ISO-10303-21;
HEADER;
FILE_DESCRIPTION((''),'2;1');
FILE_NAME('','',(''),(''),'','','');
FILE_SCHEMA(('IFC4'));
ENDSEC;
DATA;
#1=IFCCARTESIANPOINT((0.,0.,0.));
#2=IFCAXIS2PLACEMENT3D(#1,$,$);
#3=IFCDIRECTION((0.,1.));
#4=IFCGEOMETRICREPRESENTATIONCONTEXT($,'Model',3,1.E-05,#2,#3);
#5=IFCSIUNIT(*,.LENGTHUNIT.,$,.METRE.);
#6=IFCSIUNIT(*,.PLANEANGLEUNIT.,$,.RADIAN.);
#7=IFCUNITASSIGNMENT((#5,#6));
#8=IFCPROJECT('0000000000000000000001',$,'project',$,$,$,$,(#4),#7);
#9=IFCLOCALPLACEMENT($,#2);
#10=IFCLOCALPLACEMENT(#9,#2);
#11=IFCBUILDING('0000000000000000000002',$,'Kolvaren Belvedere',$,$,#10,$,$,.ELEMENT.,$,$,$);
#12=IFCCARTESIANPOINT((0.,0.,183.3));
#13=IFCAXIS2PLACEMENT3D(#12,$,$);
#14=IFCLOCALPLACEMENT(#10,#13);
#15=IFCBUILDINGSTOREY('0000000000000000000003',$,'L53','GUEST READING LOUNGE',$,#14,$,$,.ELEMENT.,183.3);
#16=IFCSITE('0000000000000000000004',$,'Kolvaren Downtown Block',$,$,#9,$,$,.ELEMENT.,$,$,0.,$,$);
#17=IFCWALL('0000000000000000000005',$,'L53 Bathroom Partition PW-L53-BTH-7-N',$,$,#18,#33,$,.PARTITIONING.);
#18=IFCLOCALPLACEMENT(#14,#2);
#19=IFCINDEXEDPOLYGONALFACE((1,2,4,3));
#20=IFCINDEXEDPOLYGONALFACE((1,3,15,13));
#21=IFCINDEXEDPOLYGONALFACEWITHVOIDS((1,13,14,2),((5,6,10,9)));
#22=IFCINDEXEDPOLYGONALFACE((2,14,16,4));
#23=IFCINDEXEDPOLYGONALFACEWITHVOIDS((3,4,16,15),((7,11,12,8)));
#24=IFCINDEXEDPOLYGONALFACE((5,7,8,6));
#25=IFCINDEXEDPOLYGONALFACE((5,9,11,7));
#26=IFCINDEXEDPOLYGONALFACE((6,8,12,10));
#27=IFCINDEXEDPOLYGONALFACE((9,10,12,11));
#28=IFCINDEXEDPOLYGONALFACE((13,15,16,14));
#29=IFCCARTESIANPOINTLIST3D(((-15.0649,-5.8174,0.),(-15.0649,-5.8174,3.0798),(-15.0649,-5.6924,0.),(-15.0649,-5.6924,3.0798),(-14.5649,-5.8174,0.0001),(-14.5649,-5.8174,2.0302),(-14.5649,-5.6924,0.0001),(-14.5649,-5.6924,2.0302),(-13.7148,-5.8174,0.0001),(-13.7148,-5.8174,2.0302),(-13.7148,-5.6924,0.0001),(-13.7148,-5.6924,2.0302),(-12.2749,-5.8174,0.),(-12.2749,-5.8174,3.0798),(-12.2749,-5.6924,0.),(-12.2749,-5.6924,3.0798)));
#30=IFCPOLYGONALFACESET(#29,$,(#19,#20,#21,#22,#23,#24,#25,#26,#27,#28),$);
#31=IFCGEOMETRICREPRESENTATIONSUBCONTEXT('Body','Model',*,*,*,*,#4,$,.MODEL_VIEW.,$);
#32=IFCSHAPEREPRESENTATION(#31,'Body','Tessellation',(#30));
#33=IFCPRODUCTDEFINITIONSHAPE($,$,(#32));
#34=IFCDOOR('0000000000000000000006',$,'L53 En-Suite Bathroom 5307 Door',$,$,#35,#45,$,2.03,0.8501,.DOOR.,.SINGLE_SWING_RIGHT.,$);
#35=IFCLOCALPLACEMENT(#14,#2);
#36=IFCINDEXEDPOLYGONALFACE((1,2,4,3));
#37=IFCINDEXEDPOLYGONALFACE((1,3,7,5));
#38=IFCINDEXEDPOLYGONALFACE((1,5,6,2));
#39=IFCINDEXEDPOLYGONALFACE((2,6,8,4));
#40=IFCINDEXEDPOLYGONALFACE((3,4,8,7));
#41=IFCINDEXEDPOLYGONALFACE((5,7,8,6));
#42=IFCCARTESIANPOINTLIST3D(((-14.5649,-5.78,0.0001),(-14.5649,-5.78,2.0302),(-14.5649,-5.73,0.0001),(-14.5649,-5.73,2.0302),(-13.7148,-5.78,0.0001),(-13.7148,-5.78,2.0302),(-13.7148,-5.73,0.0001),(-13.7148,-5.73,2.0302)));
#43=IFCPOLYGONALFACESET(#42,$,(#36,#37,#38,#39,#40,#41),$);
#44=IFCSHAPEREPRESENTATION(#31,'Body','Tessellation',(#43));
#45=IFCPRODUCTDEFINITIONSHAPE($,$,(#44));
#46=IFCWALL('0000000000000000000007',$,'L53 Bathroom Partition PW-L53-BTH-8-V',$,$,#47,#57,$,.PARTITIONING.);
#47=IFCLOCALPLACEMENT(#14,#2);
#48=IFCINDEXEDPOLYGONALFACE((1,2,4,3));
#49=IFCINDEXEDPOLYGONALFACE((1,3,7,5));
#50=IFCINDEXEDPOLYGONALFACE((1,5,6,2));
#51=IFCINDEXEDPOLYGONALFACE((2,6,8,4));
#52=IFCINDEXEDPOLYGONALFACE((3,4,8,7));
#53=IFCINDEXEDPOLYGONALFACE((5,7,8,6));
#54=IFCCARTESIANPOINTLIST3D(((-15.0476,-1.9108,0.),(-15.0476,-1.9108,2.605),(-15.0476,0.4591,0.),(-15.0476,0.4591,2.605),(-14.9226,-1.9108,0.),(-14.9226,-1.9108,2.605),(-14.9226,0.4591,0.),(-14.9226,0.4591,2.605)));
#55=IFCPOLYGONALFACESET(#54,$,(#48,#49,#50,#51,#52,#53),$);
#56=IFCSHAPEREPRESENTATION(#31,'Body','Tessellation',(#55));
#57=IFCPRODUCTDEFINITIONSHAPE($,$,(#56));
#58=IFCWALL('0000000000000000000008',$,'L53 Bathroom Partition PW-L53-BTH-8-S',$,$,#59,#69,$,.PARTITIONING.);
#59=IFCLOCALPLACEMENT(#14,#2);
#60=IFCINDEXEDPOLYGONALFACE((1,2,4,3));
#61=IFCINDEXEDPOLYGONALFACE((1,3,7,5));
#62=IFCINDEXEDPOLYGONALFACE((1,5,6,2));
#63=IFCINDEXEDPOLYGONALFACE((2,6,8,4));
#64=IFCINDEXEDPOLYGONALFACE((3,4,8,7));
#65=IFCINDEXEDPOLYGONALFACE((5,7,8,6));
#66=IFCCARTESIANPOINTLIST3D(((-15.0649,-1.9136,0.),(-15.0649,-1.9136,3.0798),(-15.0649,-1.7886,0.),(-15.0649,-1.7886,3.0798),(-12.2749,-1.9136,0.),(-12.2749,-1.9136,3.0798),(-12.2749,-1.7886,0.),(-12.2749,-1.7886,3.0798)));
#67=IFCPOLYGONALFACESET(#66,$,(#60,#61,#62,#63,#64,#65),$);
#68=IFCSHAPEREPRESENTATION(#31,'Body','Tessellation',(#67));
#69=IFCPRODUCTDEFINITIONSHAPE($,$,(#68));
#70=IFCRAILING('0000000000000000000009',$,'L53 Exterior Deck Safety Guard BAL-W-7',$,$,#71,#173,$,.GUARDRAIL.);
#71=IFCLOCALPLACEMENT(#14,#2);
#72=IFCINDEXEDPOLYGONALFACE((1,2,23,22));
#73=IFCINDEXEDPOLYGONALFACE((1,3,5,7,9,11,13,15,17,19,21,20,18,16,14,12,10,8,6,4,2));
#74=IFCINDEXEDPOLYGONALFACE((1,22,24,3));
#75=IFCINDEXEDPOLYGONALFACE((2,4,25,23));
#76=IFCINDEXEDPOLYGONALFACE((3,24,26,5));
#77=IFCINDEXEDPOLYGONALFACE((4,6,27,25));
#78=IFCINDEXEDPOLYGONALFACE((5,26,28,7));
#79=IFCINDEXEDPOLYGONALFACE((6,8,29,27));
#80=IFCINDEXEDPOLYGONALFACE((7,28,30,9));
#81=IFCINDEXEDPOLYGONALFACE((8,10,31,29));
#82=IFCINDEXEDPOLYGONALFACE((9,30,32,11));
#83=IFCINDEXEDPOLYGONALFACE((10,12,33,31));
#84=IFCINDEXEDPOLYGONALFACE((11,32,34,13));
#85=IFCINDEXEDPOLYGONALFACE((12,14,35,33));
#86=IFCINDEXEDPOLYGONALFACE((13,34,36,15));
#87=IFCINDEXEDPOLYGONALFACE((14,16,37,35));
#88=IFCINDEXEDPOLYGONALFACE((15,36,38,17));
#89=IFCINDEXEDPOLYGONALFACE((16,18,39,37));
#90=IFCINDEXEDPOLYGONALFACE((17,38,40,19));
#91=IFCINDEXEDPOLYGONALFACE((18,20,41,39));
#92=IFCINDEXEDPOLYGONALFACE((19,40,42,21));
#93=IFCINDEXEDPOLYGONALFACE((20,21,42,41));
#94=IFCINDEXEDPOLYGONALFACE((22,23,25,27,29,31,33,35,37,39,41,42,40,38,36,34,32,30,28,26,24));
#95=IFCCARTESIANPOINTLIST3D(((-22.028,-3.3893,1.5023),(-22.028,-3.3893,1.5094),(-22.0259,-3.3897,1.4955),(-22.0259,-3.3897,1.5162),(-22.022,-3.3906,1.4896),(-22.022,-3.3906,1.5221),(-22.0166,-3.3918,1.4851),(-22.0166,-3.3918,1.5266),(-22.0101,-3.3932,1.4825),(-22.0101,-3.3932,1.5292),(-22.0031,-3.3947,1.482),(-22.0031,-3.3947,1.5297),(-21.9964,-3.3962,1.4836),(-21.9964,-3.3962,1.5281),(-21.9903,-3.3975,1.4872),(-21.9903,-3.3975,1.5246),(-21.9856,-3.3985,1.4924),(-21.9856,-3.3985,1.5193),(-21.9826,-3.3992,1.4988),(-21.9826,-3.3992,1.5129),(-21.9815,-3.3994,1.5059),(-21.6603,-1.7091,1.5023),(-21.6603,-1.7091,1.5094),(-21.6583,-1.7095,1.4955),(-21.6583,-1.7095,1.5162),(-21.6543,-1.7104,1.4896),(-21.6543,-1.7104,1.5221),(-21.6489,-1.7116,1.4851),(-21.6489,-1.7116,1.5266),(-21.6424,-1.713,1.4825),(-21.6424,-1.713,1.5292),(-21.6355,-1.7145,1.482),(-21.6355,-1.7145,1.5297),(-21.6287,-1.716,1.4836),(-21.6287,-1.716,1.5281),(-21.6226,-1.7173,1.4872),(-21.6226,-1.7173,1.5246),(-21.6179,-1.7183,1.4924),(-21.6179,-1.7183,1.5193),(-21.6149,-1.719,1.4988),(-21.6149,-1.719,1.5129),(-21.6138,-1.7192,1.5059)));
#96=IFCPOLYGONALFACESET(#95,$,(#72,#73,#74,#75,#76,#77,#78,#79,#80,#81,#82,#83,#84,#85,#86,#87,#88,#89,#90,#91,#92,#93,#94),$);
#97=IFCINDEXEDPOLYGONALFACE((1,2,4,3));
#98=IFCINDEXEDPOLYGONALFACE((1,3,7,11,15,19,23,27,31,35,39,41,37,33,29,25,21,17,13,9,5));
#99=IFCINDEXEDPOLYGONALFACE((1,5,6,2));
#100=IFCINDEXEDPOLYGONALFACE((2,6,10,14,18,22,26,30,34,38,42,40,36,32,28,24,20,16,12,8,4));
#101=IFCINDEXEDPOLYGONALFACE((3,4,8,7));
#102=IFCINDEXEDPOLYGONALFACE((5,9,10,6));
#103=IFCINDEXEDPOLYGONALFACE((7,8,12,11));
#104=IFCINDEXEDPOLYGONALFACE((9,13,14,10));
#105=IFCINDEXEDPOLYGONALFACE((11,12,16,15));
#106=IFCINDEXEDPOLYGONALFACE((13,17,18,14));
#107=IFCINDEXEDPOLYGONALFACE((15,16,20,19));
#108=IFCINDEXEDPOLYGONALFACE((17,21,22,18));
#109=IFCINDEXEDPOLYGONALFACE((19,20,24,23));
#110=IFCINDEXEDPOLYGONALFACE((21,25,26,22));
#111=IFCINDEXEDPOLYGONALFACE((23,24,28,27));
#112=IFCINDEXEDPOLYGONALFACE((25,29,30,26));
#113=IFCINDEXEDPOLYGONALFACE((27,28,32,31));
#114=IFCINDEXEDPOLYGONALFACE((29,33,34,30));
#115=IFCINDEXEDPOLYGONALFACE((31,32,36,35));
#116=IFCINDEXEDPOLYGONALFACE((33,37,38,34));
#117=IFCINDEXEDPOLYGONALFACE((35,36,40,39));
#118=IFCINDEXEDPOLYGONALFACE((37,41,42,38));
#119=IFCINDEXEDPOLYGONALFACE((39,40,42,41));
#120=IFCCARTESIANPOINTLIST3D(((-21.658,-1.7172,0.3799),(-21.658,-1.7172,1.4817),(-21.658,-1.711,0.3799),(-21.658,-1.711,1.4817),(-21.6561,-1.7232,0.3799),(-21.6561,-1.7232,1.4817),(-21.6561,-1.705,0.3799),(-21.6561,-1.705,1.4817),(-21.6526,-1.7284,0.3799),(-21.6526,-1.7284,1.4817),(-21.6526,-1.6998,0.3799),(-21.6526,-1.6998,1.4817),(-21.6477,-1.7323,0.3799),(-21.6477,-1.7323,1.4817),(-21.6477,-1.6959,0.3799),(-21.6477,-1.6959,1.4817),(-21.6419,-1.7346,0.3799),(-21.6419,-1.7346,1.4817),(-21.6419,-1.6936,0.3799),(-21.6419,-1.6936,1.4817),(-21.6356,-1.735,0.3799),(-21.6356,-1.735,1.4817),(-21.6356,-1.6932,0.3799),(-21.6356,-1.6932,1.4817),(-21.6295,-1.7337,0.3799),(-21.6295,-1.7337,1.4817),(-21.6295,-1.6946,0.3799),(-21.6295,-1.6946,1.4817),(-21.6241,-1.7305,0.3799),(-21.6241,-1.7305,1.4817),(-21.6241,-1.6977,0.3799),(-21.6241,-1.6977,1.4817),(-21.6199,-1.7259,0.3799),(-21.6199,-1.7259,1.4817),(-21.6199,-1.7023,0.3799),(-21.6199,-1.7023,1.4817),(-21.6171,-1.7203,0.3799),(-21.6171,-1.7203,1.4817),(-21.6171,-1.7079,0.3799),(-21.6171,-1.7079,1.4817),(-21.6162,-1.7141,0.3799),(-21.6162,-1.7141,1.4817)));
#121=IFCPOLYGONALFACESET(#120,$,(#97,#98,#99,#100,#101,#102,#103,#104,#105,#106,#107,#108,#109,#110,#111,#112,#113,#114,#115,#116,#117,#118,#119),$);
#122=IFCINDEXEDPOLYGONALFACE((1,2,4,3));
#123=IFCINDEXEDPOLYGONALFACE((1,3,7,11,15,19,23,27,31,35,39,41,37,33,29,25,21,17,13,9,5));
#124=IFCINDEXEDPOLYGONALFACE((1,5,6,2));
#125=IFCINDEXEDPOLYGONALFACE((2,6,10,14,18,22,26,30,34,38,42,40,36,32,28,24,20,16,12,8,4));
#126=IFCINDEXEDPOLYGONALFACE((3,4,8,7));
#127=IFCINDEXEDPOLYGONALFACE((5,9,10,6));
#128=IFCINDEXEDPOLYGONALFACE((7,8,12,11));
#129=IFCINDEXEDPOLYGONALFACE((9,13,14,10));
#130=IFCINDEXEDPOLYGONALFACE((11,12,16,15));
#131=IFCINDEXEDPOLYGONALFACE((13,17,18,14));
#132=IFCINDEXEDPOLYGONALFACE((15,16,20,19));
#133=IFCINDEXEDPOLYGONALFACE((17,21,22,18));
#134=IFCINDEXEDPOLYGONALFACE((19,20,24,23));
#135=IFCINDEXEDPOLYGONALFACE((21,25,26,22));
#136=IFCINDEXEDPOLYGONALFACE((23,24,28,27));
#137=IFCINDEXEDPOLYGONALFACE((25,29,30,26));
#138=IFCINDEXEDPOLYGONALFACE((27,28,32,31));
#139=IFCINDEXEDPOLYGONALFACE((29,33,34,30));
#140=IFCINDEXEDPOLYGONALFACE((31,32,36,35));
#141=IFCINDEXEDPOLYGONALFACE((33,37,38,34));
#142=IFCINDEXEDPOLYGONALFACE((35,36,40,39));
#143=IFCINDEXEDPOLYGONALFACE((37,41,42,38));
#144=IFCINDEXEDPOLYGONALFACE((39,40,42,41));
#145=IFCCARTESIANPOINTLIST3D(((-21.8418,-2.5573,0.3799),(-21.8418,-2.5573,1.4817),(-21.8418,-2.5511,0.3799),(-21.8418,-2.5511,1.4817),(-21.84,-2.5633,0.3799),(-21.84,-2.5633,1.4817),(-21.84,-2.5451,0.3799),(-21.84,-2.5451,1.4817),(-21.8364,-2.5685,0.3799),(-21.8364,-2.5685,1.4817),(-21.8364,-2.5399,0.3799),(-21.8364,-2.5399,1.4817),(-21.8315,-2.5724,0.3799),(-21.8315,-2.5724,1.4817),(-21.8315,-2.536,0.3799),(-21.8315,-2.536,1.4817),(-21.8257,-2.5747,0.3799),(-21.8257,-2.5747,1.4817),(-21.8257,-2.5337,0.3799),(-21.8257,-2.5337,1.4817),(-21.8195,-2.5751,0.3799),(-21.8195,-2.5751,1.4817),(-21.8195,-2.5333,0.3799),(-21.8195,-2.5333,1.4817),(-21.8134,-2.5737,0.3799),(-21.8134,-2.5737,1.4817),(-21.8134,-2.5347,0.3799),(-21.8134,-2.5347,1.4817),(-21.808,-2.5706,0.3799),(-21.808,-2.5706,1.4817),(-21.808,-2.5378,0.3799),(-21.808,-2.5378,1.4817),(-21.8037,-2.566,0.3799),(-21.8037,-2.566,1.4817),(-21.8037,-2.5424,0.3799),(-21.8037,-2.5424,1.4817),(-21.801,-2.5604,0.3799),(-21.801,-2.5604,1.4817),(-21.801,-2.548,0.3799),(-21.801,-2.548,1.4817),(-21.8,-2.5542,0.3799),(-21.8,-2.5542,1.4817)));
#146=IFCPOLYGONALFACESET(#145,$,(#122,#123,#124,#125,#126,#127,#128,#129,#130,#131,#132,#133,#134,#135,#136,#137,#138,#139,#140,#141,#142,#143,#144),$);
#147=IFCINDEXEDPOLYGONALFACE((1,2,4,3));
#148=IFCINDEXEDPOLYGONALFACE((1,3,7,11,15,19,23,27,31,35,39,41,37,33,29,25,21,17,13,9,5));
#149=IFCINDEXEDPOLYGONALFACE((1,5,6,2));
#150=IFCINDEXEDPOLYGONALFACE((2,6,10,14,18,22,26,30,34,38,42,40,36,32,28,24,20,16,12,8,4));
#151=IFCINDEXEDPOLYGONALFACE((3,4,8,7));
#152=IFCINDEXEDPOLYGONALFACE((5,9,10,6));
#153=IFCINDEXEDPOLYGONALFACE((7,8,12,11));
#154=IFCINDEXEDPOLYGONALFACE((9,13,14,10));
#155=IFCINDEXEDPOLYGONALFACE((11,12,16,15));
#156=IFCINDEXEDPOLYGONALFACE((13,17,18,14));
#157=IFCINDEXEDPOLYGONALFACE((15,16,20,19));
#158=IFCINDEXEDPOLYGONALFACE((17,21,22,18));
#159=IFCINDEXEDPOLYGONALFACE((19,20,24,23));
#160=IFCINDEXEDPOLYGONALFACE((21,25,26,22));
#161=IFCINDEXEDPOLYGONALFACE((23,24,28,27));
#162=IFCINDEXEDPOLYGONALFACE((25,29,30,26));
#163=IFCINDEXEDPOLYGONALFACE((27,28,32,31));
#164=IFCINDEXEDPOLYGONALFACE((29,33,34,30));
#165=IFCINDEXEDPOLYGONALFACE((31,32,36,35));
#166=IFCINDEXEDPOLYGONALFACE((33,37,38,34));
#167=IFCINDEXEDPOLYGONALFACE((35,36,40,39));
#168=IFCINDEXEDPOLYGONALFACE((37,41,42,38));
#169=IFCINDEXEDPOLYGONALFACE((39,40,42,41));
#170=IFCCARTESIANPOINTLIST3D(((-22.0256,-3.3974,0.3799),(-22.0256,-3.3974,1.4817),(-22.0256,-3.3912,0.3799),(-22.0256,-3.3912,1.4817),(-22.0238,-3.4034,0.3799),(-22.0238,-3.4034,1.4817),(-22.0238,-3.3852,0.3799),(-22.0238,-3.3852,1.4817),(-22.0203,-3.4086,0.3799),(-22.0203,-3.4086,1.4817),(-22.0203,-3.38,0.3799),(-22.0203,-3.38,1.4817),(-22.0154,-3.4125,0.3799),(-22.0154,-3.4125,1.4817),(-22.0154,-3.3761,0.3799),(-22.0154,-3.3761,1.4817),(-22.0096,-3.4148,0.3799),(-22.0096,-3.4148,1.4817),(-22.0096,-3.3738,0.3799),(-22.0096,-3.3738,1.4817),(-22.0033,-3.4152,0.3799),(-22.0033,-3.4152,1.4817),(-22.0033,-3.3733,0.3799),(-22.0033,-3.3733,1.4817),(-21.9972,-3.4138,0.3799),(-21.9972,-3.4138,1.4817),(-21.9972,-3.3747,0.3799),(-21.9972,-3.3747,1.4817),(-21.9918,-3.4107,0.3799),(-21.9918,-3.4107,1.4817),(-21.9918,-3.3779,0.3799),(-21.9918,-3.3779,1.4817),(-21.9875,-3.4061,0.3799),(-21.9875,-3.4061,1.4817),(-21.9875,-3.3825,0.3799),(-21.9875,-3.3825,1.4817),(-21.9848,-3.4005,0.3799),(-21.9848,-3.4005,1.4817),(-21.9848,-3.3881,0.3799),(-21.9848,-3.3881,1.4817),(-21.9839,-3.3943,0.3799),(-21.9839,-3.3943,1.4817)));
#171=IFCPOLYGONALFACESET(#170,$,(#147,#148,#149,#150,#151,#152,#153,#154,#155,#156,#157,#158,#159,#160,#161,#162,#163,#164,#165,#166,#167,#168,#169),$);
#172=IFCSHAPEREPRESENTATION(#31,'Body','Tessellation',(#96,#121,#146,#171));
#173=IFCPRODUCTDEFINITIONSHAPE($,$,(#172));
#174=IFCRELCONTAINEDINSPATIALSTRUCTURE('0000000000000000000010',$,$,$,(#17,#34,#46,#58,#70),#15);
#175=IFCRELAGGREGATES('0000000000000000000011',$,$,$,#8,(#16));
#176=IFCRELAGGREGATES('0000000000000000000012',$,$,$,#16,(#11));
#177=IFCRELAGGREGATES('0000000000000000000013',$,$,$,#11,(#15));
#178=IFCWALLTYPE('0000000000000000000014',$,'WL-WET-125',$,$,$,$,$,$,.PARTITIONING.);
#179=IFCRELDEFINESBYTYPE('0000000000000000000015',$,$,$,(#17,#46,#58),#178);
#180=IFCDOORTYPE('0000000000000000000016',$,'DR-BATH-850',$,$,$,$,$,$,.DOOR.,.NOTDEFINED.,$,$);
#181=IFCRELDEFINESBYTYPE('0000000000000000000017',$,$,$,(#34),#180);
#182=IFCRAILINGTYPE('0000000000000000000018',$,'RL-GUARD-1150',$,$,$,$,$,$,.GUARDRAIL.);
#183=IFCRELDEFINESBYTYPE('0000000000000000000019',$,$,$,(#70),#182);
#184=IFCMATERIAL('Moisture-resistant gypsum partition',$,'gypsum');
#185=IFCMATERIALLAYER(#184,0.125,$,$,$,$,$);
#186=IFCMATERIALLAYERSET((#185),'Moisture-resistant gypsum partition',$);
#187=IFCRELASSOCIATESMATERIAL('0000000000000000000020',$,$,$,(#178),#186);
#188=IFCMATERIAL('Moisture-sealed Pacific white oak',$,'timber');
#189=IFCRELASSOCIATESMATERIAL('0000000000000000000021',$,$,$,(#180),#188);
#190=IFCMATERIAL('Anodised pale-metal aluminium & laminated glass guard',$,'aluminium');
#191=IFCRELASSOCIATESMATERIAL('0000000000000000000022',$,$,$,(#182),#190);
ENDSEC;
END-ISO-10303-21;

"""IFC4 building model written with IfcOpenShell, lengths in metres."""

from ifc_helpers import new_model, si_unit, direction, frame, frame_2d, origin, origin_2d, place, context, subcontext, project, spatial, rectangle, circle, extrude, material, layer, layer_set, type_object, element, fill, save


model = new_model("IFC4")

# Units and contexts
model_context = context("Model", 3, precision=1e-05, world=origin(), true_north=direction((0.0, 1.0)))
body_context = subcontext(model_context, "Body", "Model", "MODEL_VIEW")
ifc_project = project(units=[si_unit("LENGTHUNIT", "METRE"), si_unit("PLANEANGLEUNIT", "RADIAN")], contexts=[model_context])

# Site, building, storey
site_placement = place(None, origin())
site = spatial("IfcSite", under=ifc_project, at=site_placement, Name="Kolvaren Downtown Block", CompositionType="ELEMENT", RefElevation=0.0)
building_placement = place(site_placement, origin())
building = spatial("IfcBuilding", under=site, at=building_placement, Name="Kolvaren Belvedere", CompositionType="ELEMENT")
storey_placement = place(building_placement, frame((0.0, 0.0, 183.3)))
storey = spatial("IfcBuildingStorey", under=building, at=storey_placement, Name="L53", Description="GUEST READING LOUNGE", CompositionType="ELEMENT", Elevation=183.3)

# Wall, opening, door
ifc_material_1 = material(Name="Moisture-resistant gypsum partition", Category="gypsum")
ifc_layer_1 = layer(ifc_material_1, 0.125)
ifc_layer_set_1 = layer_set([ifc_layer_1], Name="Moisture-resistant gypsum partition")
wall_type_1 = type_object("IfcWallType", Name="WL-WET-125", PredefinedType="PARTITIONING", material=ifc_layer_set_1)
wall_1_placement = place(storey_placement, frame((-15.0649, -5.7549, 0.0), z_axis=(0.0, 0.0, 1.0), x_axis=(1.0, 0.0, 0.0)))
wall_1 = element("IfcWall", 1, at=wall_1_placement, inside=storey, type_object=wall_type_1, Name="L53 Bathroom Partition PW-L53-BTH-7-N", PredefinedType="PARTITIONING", context=body_context, shape_type="SweptSolid", body=[
    extrude(rectangle(XDim=2.79, YDim=0.125, at=frame_2d((1.395, 0.0))), origin(), (0.0, 0.0, 1.0), 3.0798),
])
opening_placement = place(wall_1_placement, frame((0.5, 0.0, 0.0)))
opening = element("IfcOpeningElement", 2, at=opening_placement, cuts=wall_1, PredefinedType="OPENING", context=body_context, shape_type="SweptSolid", body=[
    extrude(rectangle(XDim=0.8501, YDim=2.03, at=frame_2d((0.425, 1.0151))), frame((0.0, 0.0725, 0.0), z_axis=(0.0, -1.0, 0.0), x_axis=(1.0, 0.0, 0.0)), (0.0, 0.0, 1.0), 0.145),
])
ifc_material_2 = material(Name="Moisture-sealed Pacific white oak", Category="timber")
door_type = type_object("IfcDoorType", Name="DR-BATH-850", OperationType="NOTDEFINED", PredefinedType="DOOR", material=ifc_material_2)
door_placement = place(opening_placement, origin())
door = element("IfcDoor", 3, at=door_placement, inside=storey, type_object=door_type, Name="L53 En-Suite Bathroom 5307 Door", OperationType="SINGLE_SWING_RIGHT", OverallHeight=2.03, OverallWidth=0.8501, PredefinedType="DOOR", context=body_context, shape_type="SweptSolid", body=[
    extrude(rectangle(XDim=0.8501, YDim=2.03, at=frame_2d((0.425, 1.0151))), frame((0.0, 0.0249, 0.0), z_axis=(0.0, -1.0, 0.0), x_axis=(1.0, 0.0, 0.0)), (0.0, 0.0, 1.0), 0.05),
])
fill(opening, door)

# Walls
wall_2_placement = place(storey_placement, frame((-14.9851, -1.9109, 0.0), z_axis=(0.0, 0.0, 1.0), x_axis=(0.0, 1.0, 0.0)))
element("IfcWall", 4, at=wall_2_placement, inside=storey, type_object=wall_type_1, Name="L53 Bathroom Partition PW-L53-BTH-8-V", PredefinedType="PARTITIONING", context=body_context, shape_type="SweptSolid", body=[
    extrude(rectangle(XDim=2.3699, YDim=0.125, at=frame_2d((1.1851, 0.0))), origin(), (0.0, 0.0, 1.0), 2.605),
])
wall_3_placement = place(storey_placement, frame((-15.0649, -1.8511, 0.0), z_axis=(0.0, 0.0, 1.0), x_axis=(1.0, 0.0, 0.0)))
element("IfcWall", 5, at=wall_3_placement, inside=storey, type_object=wall_type_1, Name="L53 Bathroom Partition PW-L53-BTH-8-S", PredefinedType="PARTITIONING", context=body_context, shape_type="SweptSolid", body=[
    extrude(rectangle(XDim=2.79, YDim=0.125, at=frame_2d((1.395, 0.0))), origin(), (0.0, 0.0, 1.0), 3.0798),
])

# Railing
ifc_material_3 = material(Name="Anodised pale-metal aluminium & laminated glass guard", Category="aluminium")
railing_type = type_object("IfcRailingType", Name="RL-GUARD-1150", PredefinedType="GUARDRAIL", material=ifc_material_3)
railing_1_placement = place(storey_placement, frame((-21.6372, -1.7141, 0.3799)))
element("IfcRailing", 6, at=railing_1_placement, inside=storey, type_object=railing_type, Name="L53 Exterior Deck Safety Guard BAL-W-7", PredefinedType="GUARDRAIL", context=body_context, shape_type="SweptSolid", body=[
    extrude(circle(Radius=0.0239, at=origin_2d()), frame((0.0, 0.0, 1.126), z_axis=(-0.213773, -0.976883, 0.0), x_axis=(0.976883, -0.213773, 0.0)), (0.0, 0.0, 1.0), 1.72),
    extrude(circle(Radius=0.021, at=origin_2d()), origin(), (0.0, 0.0, 1.0), 1.1018),
    extrude(circle(Radius=0.021, at=origin_2d()), frame((-0.1838, -0.8401, 0.0)), (0.0, 0.0, 1.0), 1.1018),
    extrude(circle(Radius=0.021, at=origin_2d()), frame((-0.3677, -1.6802, 0.0)), (0.0, 0.0, 1.0), 1.1018),
])

save(model, "model.ifc")
